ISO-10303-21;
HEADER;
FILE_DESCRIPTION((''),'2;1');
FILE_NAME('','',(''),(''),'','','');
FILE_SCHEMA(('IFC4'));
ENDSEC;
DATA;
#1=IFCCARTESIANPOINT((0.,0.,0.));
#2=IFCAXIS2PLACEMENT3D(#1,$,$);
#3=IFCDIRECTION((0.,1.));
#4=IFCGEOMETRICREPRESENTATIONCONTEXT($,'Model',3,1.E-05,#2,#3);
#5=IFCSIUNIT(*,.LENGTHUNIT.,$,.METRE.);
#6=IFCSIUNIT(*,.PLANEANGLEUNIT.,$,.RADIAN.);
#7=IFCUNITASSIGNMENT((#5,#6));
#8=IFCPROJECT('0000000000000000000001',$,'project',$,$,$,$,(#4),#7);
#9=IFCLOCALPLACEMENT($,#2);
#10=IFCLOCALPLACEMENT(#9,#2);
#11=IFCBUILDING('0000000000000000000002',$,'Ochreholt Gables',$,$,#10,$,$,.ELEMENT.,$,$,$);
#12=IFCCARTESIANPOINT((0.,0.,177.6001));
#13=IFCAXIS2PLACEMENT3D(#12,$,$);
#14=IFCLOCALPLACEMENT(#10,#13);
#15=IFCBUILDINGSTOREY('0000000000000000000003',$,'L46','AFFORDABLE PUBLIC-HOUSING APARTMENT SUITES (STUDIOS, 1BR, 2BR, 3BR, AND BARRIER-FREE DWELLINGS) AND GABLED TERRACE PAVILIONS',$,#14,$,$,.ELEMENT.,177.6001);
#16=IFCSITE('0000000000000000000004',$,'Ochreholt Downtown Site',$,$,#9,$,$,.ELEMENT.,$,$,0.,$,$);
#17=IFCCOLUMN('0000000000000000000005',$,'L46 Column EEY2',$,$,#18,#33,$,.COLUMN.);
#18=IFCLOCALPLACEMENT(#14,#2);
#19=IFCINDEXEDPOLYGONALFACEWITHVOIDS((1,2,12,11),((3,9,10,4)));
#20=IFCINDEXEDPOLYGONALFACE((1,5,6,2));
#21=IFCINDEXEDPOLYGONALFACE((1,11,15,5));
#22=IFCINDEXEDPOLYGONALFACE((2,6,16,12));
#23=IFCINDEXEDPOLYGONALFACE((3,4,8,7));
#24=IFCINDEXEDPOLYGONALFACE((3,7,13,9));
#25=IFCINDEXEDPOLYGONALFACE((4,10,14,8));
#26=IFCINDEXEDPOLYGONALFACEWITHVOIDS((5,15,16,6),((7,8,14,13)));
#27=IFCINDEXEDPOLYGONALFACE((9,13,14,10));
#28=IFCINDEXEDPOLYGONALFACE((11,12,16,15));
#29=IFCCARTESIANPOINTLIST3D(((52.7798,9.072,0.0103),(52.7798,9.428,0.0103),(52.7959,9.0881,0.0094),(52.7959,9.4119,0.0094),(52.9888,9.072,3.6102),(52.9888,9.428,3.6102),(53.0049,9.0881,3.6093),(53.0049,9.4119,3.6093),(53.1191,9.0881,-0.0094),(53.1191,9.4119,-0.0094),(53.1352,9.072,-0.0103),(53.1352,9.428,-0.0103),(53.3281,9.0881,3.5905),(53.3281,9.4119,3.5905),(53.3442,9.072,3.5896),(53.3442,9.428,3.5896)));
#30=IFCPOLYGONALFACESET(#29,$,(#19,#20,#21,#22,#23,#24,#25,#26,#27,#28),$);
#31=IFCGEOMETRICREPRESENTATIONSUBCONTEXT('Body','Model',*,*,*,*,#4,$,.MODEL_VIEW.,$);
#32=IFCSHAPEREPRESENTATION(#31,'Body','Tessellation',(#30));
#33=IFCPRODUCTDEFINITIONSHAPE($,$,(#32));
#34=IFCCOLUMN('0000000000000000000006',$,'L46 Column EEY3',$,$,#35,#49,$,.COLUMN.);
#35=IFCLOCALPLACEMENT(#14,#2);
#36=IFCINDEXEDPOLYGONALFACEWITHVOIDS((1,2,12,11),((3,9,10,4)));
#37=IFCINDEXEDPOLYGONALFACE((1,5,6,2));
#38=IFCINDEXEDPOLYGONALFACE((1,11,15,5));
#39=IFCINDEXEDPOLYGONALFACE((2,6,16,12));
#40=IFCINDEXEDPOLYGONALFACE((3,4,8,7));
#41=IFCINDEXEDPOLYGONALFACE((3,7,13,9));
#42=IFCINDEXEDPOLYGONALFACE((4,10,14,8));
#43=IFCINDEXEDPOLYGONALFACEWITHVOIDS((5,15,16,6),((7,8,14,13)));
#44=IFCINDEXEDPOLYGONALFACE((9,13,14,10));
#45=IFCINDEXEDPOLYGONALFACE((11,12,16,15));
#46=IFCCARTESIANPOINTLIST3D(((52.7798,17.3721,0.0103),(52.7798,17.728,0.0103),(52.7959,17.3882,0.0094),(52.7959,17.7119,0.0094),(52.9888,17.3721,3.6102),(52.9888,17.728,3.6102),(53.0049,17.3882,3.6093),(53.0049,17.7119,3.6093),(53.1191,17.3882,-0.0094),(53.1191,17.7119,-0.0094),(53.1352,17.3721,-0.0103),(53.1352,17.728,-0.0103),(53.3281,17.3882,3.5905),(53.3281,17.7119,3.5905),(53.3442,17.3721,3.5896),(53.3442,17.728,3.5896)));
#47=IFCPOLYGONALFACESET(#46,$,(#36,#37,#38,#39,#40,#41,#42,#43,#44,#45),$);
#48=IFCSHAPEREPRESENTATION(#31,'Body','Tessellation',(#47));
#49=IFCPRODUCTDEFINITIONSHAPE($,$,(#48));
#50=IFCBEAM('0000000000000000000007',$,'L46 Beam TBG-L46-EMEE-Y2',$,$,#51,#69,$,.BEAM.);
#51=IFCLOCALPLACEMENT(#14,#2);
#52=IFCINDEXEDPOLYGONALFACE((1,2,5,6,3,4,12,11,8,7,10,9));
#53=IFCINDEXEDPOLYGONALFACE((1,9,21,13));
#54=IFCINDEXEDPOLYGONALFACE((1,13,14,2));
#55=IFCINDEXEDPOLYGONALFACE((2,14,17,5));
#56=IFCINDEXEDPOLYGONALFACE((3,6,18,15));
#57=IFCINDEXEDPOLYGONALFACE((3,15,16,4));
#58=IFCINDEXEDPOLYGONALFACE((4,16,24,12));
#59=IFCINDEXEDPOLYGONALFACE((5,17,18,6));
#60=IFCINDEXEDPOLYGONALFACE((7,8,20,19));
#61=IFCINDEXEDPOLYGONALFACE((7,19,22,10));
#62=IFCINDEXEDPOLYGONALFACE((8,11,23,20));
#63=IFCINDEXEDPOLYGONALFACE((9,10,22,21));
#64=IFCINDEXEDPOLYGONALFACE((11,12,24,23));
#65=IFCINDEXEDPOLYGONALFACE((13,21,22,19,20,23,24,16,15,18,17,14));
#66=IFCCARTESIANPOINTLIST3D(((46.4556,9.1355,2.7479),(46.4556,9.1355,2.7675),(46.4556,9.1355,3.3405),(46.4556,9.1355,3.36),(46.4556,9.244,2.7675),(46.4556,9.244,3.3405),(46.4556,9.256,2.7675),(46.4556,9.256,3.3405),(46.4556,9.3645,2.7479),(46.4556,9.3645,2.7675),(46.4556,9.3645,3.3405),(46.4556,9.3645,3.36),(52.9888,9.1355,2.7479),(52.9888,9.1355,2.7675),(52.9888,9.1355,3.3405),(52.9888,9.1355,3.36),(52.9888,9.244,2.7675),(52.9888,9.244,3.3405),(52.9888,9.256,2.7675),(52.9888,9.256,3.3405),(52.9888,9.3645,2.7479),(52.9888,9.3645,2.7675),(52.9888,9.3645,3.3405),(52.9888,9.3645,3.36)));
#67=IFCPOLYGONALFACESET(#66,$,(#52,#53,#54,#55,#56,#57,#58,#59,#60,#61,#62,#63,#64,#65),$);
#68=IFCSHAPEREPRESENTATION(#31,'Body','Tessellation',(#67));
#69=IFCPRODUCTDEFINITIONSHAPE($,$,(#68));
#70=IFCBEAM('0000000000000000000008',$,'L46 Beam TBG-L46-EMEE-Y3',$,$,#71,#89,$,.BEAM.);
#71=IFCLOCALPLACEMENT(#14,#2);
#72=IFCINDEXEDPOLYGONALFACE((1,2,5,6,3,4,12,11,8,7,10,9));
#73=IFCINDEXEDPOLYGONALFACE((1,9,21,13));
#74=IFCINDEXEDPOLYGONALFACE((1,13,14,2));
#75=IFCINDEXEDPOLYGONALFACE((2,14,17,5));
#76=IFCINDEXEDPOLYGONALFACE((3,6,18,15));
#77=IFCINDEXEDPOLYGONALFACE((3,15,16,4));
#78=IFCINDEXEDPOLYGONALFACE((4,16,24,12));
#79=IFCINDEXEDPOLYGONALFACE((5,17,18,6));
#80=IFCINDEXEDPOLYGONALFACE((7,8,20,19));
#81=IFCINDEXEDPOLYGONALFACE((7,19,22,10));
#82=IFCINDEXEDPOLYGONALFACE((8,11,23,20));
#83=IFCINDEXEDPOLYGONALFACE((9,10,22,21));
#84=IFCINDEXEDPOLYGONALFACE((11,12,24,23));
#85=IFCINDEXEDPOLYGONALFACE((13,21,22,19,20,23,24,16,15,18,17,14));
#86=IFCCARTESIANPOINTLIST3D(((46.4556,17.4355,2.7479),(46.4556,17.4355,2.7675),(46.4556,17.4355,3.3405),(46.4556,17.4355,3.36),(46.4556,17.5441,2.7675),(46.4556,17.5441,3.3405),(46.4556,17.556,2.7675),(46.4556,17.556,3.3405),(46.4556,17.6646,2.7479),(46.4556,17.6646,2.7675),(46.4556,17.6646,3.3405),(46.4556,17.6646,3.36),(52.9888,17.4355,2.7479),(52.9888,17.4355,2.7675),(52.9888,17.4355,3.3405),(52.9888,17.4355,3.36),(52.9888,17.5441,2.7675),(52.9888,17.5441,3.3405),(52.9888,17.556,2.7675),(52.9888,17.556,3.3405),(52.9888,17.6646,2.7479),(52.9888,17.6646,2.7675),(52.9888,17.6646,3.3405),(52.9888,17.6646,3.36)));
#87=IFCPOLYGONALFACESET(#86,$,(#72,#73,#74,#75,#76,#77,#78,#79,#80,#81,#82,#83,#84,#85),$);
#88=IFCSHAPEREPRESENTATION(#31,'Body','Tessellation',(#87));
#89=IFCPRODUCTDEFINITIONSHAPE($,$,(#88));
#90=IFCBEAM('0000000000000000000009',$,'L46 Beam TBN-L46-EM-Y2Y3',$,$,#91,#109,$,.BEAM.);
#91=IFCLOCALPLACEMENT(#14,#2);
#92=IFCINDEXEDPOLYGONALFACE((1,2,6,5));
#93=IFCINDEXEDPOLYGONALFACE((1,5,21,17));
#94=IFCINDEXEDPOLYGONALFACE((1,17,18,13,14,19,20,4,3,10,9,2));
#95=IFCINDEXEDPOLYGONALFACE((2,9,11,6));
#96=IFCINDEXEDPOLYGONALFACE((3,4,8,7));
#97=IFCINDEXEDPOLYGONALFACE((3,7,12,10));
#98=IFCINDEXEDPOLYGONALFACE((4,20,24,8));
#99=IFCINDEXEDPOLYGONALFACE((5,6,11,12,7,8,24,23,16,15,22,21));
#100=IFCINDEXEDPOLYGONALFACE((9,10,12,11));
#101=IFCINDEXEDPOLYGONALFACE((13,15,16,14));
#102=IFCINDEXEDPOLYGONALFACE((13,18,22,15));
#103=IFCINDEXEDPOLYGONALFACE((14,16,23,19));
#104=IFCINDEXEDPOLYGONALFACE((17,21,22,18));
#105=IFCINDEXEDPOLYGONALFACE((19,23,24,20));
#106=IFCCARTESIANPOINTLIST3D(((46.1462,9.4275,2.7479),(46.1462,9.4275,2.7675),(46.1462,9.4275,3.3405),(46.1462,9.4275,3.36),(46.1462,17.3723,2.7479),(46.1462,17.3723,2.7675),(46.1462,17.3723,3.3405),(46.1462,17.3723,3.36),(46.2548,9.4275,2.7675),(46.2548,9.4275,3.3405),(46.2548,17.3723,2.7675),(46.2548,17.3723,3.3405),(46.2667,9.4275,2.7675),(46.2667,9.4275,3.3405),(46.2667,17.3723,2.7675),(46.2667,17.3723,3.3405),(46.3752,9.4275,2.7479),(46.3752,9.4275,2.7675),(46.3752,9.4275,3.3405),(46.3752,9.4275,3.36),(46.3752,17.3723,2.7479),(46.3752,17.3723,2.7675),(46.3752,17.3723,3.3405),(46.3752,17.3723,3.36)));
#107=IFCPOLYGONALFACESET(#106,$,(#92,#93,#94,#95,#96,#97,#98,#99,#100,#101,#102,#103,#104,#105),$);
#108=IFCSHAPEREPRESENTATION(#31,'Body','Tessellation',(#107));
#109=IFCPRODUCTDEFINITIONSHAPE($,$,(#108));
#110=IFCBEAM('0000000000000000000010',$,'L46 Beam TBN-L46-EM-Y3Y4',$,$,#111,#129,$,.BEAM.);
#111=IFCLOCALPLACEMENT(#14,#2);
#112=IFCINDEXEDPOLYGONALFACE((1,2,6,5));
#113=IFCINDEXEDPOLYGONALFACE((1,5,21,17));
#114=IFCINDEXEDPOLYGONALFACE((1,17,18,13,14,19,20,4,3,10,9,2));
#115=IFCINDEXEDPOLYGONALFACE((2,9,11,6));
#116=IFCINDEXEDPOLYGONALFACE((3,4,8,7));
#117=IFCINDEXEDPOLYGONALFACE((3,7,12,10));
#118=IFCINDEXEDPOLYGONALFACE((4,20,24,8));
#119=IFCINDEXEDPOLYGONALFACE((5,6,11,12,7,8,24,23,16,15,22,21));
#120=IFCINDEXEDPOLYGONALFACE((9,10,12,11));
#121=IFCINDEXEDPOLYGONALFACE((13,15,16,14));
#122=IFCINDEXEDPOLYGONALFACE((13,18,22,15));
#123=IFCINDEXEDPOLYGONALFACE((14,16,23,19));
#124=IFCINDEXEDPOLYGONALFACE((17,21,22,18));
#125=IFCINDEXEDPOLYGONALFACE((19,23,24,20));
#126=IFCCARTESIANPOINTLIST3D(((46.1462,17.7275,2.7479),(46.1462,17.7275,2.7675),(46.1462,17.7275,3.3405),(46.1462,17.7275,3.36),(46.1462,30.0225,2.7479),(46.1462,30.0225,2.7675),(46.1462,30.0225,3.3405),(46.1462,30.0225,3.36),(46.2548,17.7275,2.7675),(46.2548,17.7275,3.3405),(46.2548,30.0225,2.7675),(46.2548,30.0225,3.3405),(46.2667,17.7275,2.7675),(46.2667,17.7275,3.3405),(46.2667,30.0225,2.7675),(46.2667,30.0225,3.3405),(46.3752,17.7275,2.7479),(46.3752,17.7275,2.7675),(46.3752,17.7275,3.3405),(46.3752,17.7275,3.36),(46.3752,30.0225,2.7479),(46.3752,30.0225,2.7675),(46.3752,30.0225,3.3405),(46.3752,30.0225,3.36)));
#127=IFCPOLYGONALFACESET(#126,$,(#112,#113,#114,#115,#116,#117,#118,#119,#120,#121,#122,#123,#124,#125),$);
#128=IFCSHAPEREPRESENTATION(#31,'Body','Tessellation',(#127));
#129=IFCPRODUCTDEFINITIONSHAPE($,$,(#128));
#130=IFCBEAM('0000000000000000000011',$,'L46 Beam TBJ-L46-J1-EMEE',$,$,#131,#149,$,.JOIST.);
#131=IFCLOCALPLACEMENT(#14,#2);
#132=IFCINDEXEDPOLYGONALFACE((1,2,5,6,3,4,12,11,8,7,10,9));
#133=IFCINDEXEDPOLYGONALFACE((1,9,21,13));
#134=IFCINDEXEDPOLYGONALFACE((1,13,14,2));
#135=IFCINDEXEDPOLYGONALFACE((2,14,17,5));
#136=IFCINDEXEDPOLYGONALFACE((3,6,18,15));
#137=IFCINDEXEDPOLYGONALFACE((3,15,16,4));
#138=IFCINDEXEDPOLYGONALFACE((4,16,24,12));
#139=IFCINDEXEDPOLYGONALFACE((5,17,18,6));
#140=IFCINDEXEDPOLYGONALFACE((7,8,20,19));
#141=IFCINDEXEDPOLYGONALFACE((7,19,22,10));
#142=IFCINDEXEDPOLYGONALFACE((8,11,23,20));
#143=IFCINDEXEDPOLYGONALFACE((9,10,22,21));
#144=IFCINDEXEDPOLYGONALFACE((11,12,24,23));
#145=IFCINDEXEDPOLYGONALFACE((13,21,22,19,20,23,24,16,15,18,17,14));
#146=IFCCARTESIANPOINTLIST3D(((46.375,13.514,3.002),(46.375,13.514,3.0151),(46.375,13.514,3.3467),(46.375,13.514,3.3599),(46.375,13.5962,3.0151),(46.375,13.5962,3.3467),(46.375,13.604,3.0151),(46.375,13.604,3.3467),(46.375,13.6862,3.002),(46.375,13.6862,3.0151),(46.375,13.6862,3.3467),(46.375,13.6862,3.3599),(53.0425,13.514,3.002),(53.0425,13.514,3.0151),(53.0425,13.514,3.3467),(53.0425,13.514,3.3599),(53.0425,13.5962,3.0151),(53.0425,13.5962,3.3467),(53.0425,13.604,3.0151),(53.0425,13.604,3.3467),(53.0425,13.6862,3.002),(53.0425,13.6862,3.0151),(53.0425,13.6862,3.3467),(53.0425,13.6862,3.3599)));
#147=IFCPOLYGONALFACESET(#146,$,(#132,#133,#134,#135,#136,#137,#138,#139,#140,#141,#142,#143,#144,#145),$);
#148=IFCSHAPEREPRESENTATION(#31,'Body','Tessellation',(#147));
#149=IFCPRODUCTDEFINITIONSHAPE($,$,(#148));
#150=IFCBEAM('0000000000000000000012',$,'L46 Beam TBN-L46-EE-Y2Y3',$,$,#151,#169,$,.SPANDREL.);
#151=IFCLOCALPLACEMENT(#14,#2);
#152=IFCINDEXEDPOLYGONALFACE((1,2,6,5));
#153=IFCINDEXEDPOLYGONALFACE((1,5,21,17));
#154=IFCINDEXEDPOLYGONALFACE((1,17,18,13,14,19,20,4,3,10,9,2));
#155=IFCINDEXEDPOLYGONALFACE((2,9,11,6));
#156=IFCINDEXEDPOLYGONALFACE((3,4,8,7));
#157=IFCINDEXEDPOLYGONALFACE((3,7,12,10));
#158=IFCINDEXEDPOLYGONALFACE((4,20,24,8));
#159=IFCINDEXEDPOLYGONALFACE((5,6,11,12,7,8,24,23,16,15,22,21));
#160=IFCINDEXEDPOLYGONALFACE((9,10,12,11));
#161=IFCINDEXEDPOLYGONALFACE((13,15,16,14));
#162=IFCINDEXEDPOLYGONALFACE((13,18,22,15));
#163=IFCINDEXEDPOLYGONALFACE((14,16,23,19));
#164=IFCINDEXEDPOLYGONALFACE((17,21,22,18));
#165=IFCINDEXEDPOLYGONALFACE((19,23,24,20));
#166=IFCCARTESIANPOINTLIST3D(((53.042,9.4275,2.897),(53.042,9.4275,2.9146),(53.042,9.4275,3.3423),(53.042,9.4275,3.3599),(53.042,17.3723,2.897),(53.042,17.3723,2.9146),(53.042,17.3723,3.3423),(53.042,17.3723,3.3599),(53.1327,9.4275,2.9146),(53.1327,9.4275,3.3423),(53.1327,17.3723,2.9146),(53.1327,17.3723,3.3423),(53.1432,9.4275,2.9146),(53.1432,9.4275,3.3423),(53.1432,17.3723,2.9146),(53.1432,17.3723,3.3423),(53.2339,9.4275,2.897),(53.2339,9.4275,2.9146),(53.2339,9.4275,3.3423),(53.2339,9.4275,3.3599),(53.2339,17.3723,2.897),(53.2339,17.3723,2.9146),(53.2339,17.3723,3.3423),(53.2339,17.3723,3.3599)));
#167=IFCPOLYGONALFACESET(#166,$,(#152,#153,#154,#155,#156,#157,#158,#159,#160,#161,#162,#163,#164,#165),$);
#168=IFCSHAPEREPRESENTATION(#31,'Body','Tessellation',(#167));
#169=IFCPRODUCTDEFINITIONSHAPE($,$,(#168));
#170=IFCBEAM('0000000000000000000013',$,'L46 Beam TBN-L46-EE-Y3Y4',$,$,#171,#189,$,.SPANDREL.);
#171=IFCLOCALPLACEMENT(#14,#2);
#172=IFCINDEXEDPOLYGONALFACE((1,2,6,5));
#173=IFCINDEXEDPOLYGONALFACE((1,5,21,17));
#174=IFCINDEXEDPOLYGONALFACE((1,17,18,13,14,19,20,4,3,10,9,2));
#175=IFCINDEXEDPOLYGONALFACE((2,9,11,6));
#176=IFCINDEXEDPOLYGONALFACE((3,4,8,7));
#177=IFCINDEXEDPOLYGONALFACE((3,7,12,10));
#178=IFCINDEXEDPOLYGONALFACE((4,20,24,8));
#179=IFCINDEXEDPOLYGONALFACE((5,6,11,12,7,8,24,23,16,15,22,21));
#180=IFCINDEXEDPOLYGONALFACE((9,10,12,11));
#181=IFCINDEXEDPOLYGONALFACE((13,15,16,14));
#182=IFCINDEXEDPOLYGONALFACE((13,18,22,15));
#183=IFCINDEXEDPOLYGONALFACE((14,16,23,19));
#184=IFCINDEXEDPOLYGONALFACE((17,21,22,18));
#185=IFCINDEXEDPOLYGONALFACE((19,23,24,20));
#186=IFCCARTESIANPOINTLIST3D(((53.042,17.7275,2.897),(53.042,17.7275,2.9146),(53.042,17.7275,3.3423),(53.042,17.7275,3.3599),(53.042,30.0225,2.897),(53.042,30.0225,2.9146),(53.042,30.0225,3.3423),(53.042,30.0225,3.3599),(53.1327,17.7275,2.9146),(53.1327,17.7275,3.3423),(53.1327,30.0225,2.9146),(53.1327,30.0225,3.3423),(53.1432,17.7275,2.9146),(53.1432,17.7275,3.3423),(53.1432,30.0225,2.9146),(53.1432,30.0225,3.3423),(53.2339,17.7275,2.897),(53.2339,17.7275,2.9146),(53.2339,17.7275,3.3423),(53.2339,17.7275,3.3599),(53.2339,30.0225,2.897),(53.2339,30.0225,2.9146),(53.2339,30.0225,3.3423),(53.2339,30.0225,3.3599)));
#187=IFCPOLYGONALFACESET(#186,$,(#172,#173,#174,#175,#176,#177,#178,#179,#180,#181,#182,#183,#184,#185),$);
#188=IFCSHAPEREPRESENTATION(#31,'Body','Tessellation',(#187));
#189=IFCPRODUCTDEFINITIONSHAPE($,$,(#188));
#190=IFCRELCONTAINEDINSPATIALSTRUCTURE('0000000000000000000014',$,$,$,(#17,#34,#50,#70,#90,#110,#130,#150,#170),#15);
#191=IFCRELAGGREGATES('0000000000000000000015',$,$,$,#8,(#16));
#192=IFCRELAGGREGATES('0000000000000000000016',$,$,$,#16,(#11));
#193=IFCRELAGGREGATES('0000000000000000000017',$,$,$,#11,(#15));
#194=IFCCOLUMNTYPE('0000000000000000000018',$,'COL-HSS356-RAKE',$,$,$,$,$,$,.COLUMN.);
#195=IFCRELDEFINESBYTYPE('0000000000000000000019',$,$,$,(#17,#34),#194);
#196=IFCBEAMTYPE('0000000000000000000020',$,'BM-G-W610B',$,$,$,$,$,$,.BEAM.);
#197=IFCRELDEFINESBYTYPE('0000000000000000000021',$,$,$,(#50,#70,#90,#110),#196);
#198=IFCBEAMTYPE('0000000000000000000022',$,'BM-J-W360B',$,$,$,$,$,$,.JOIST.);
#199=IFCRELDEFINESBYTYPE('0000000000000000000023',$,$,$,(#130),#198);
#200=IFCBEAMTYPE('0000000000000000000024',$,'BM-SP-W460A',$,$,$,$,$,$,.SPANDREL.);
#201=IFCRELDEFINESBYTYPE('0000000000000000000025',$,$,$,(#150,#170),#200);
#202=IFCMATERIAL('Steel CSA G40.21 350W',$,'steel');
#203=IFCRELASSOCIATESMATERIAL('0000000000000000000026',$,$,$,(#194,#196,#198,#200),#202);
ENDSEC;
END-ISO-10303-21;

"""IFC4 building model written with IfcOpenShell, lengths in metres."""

from ifc_helpers import new_model, si_unit, direction, frame, origin, origin_2d, place, context, subcontext, project, spatial, hollow_rectangle, i_section, extrude, material, material_profile, profile_set, type_object, element, save


model = new_model("IFC4")

# Units and contexts
model_context = context("Model", 3, precision=1e-05, world=origin(), true_north=direction((0.0, 1.0)))
body_context = subcontext(model_context, "Body", "Model", "MODEL_VIEW")
ifc_project = project(units=[si_unit("LENGTHUNIT", "METRE"), si_unit("PLANEANGLEUNIT", "RADIAN")], contexts=[model_context])

# Site, building, storey
site_placement = place(None, origin())
site = spatial("IfcSite", under=ifc_project, at=site_placement, Name="Ochreholt Downtown Site", CompositionType="ELEMENT", RefElevation=0.0)
building_placement = place(site_placement, origin())
building = spatial("IfcBuilding", under=site, at=building_placement, Name="Ochreholt Gables", CompositionType="ELEMENT")
storey_placement = place(building_placement, frame((0.0, 0.0, 177.6001)))
storey = spatial("IfcBuildingStorey", under=building, at=storey_placement, Name="L46", Description="AFFORDABLE PUBLIC-HOUSING APARTMENT SUITES (STUDIOS, 1BR, 2BR, 3BR, AND BARRIER-FREE DWELLINGS) AND GABLED TERRACE PAVILIONS", CompositionType="ELEMENT", Elevation=177.6001)

# Columns
ifc_material_1 = material(Name="Steel CSA G40.21 350W", Category="steel")
ifc_material_profile_1 = material_profile(ifc_material_1, hollow_rectangle(XDim=0.356, YDim=0.356, WallThickness=0.0161, at=origin_2d()), Name="HSS356X356X16")
ifc_profile_set_1 = profile_set([ifc_material_profile_1], Name="Steel CSA G40.21 350W")
column_type = type_object("IfcColumnType", Name="COL-HSS356-RAKE", PredefinedType="COLUMN", material=ifc_profile_set_1)
for number, where, z_axis, x_axis, name in (
    (1, (52.9575, 9.25, 0.0), (0.057956, 0.0, 0.998319), (0.0, 1.0, 0.0), "L46 Column EEY2"),
    (2, (52.9575, 17.55, 0.0), (0.057956, 0.0, 0.998319), (0.0, 1.0, 0.0), "L46 Column EEY3"),
):
    element("IfcColumn", number, at=place(storey_placement, frame(where, z_axis=z_axis, x_axis=x_axis)), inside=storey, type_object=column_type, Name=name, PredefinedType="COLUMN", context=body_context, shape_type="SweptSolid", body=[
        extrude(hollow_rectangle(XDim=0.356, YDim=0.356, WallThickness=0.0161, at=origin_2d()), origin(), (0.0, 0.0, 1.0), 3.606),
    ])

# Beams
ifc_material_profile_2 = material_profile(ifc_material_1, i_section(OverallWidth=0.229, OverallDepth=0.6121, WebThickness=0.012, FlangeThickness=0.0195, at=origin_2d()), Name="W610X125")
ifc_profile_set_2 = profile_set([ifc_material_profile_2], Name="Steel CSA G40.21 350W")
beam_type_1 = type_object("IfcBeamType", Name="BM-G-W610B", PredefinedType="BEAM", material=ifc_profile_set_2)
for number, where, z_axis, x_axis, name in (
    (3, (46.4556, 9.25, 3.054), (1.0, 0.0, 0.0), (0.0, 1.0, 0.0), "L46 Beam TBG-L46-EMEE-Y2"),
    (4, (46.4556, 17.55, 3.054), (1.0, 0.0, 0.0), (0.0, 1.0, 0.0), "L46 Beam TBG-L46-EMEE-Y3"),
):
    element("IfcBeam", number, at=place(storey_placement, frame(where, z_axis=z_axis, x_axis=x_axis)), inside=storey, type_object=beam_type_1, Name=name, PredefinedType="BEAM", context=body_context, shape_type="SweptSolid", body=[
        extrude(i_section(OverallWidth=0.229, OverallDepth=0.6121, WebThickness=0.012, FlangeThickness=0.0195, at=origin_2d()), origin(), (0.0, 0.0, 1.0), 6.5332),
    ])
beam_1_placement = place(storey_placement, frame((46.2607, 9.4275, 3.054), z_axis=(0.0, 1.0, 0.0), x_axis=(-1.0, 0.0, 0.0)))
element("IfcBeam", 5, at=beam_1_placement, inside=storey, type_object=beam_type_1, Name="L46 Beam TBN-L46-EM-Y2Y3", PredefinedType="BEAM", context=body_context, shape_type="SweptSolid", body=[
    extrude(i_section(OverallWidth=0.229, OverallDepth=0.6121, WebThickness=0.012, FlangeThickness=0.0195, at=origin_2d()), origin(), (0.0, 0.0, 1.0), 7.9448),
])
beam_2_placement = place(storey_placement, frame((46.2607, 17.7275, 3.054), z_axis=(0.0, 1.0, 0.0), x_axis=(-1.0, 0.0, 0.0)))
element("IfcBeam", 6, at=beam_2_placement, inside=storey, type_object=beam_type_1, Name="L46 Beam TBN-L46-EM-Y3Y4", PredefinedType="BEAM", context=body_context, shape_type="SweptSolid", body=[
    extrude(i_section(OverallWidth=0.229, OverallDepth=0.6121, WebThickness=0.012, FlangeThickness=0.0195, at=origin_2d()), origin(), (0.0, 0.0, 1.0), 12.2949),
])
ifc_material_profile_3 = material_profile(ifc_material_1, i_section(OverallWidth=0.1721, OverallDepth=0.3579, WebThickness=0.0078, FlangeThickness=0.0132, at=origin_2d()), Name="W360X57")
ifc_profile_set_3 = profile_set([ifc_material_profile_3], Name="Steel CSA G40.21 350W")
beam_type_2 = type_object("IfcBeamType", Name="BM-J-W360B", PredefinedType="JOIST", material=ifc_profile_set_3)
beam_3_placement = place(storey_placement, frame((46.375, 13.6001, 3.1809), z_axis=(1.0, 0.0, 0.0), x_axis=(0.0, 1.0, 0.0)))
element("IfcBeam", 7, at=beam_3_placement, inside=storey, type_object=beam_type_2, Name="L46 Beam TBJ-L46-J1-EMEE", PredefinedType="JOIST", context=body_context, shape_type="SweptSolid", body=[
    extrude(i_section(OverallWidth=0.1721, OverallDepth=0.3579, WebThickness=0.0078, FlangeThickness=0.0132, at=origin_2d()), origin(), (0.0, 0.0, 1.0), 6.6675),
])
ifc_material_profile_4 = material_profile(ifc_material_1, i_section(OverallWidth=0.1919, OverallDepth=0.4629, WebThickness=0.0105, FlangeThickness=0.0176, at=origin_2d()), Name="W460X89")
ifc_profile_set_4 = profile_set([ifc_material_profile_4], Name="Steel CSA G40.21 350W")
beam_type_3 = type_object("IfcBeamType", Name="BM-SP-W460A", PredefinedType="SPANDREL", material=ifc_profile_set_4)
beam_4_placement = place(storey_placement, frame((53.1379, 9.4275, 3.1284), z_axis=(0.0, 1.0, 0.0), x_axis=(-1.0, 0.0, 0.0)))
element("IfcBeam", 8, at=beam_4_placement, inside=storey, type_object=beam_type_3, Name="L46 Beam TBN-L46-EE-Y2Y3", PredefinedType="SPANDREL", context=body_context, shape_type="SweptSolid", body=[
    extrude(i_section(OverallWidth=0.1919, OverallDepth=0.4629, WebThickness=0.0105, FlangeThickness=0.0176, at=origin_2d()), origin(), (0.0, 0.0, 1.0), 7.9448),
])
beam_5_placement = place(storey_placement, frame((53.1379, 17.7275, 3.1284), z_axis=(0.0, 1.0, 0.0), x_axis=(-1.0, 0.0, 0.0)))
element("IfcBeam", 9, at=beam_5_placement, inside=storey, type_object=beam_type_3, Name="L46 Beam TBN-L46-EE-Y3Y4", PredefinedType="SPANDREL", context=body_context, shape_type="SweptSolid", body=[
    extrude(i_section(OverallWidth=0.1919, OverallDepth=0.4629, WebThickness=0.0105, FlangeThickness=0.0176, at=origin_2d()), origin(), (0.0, 0.0, 1.0), 12.2949),
])

save(model, "model.ifc")
